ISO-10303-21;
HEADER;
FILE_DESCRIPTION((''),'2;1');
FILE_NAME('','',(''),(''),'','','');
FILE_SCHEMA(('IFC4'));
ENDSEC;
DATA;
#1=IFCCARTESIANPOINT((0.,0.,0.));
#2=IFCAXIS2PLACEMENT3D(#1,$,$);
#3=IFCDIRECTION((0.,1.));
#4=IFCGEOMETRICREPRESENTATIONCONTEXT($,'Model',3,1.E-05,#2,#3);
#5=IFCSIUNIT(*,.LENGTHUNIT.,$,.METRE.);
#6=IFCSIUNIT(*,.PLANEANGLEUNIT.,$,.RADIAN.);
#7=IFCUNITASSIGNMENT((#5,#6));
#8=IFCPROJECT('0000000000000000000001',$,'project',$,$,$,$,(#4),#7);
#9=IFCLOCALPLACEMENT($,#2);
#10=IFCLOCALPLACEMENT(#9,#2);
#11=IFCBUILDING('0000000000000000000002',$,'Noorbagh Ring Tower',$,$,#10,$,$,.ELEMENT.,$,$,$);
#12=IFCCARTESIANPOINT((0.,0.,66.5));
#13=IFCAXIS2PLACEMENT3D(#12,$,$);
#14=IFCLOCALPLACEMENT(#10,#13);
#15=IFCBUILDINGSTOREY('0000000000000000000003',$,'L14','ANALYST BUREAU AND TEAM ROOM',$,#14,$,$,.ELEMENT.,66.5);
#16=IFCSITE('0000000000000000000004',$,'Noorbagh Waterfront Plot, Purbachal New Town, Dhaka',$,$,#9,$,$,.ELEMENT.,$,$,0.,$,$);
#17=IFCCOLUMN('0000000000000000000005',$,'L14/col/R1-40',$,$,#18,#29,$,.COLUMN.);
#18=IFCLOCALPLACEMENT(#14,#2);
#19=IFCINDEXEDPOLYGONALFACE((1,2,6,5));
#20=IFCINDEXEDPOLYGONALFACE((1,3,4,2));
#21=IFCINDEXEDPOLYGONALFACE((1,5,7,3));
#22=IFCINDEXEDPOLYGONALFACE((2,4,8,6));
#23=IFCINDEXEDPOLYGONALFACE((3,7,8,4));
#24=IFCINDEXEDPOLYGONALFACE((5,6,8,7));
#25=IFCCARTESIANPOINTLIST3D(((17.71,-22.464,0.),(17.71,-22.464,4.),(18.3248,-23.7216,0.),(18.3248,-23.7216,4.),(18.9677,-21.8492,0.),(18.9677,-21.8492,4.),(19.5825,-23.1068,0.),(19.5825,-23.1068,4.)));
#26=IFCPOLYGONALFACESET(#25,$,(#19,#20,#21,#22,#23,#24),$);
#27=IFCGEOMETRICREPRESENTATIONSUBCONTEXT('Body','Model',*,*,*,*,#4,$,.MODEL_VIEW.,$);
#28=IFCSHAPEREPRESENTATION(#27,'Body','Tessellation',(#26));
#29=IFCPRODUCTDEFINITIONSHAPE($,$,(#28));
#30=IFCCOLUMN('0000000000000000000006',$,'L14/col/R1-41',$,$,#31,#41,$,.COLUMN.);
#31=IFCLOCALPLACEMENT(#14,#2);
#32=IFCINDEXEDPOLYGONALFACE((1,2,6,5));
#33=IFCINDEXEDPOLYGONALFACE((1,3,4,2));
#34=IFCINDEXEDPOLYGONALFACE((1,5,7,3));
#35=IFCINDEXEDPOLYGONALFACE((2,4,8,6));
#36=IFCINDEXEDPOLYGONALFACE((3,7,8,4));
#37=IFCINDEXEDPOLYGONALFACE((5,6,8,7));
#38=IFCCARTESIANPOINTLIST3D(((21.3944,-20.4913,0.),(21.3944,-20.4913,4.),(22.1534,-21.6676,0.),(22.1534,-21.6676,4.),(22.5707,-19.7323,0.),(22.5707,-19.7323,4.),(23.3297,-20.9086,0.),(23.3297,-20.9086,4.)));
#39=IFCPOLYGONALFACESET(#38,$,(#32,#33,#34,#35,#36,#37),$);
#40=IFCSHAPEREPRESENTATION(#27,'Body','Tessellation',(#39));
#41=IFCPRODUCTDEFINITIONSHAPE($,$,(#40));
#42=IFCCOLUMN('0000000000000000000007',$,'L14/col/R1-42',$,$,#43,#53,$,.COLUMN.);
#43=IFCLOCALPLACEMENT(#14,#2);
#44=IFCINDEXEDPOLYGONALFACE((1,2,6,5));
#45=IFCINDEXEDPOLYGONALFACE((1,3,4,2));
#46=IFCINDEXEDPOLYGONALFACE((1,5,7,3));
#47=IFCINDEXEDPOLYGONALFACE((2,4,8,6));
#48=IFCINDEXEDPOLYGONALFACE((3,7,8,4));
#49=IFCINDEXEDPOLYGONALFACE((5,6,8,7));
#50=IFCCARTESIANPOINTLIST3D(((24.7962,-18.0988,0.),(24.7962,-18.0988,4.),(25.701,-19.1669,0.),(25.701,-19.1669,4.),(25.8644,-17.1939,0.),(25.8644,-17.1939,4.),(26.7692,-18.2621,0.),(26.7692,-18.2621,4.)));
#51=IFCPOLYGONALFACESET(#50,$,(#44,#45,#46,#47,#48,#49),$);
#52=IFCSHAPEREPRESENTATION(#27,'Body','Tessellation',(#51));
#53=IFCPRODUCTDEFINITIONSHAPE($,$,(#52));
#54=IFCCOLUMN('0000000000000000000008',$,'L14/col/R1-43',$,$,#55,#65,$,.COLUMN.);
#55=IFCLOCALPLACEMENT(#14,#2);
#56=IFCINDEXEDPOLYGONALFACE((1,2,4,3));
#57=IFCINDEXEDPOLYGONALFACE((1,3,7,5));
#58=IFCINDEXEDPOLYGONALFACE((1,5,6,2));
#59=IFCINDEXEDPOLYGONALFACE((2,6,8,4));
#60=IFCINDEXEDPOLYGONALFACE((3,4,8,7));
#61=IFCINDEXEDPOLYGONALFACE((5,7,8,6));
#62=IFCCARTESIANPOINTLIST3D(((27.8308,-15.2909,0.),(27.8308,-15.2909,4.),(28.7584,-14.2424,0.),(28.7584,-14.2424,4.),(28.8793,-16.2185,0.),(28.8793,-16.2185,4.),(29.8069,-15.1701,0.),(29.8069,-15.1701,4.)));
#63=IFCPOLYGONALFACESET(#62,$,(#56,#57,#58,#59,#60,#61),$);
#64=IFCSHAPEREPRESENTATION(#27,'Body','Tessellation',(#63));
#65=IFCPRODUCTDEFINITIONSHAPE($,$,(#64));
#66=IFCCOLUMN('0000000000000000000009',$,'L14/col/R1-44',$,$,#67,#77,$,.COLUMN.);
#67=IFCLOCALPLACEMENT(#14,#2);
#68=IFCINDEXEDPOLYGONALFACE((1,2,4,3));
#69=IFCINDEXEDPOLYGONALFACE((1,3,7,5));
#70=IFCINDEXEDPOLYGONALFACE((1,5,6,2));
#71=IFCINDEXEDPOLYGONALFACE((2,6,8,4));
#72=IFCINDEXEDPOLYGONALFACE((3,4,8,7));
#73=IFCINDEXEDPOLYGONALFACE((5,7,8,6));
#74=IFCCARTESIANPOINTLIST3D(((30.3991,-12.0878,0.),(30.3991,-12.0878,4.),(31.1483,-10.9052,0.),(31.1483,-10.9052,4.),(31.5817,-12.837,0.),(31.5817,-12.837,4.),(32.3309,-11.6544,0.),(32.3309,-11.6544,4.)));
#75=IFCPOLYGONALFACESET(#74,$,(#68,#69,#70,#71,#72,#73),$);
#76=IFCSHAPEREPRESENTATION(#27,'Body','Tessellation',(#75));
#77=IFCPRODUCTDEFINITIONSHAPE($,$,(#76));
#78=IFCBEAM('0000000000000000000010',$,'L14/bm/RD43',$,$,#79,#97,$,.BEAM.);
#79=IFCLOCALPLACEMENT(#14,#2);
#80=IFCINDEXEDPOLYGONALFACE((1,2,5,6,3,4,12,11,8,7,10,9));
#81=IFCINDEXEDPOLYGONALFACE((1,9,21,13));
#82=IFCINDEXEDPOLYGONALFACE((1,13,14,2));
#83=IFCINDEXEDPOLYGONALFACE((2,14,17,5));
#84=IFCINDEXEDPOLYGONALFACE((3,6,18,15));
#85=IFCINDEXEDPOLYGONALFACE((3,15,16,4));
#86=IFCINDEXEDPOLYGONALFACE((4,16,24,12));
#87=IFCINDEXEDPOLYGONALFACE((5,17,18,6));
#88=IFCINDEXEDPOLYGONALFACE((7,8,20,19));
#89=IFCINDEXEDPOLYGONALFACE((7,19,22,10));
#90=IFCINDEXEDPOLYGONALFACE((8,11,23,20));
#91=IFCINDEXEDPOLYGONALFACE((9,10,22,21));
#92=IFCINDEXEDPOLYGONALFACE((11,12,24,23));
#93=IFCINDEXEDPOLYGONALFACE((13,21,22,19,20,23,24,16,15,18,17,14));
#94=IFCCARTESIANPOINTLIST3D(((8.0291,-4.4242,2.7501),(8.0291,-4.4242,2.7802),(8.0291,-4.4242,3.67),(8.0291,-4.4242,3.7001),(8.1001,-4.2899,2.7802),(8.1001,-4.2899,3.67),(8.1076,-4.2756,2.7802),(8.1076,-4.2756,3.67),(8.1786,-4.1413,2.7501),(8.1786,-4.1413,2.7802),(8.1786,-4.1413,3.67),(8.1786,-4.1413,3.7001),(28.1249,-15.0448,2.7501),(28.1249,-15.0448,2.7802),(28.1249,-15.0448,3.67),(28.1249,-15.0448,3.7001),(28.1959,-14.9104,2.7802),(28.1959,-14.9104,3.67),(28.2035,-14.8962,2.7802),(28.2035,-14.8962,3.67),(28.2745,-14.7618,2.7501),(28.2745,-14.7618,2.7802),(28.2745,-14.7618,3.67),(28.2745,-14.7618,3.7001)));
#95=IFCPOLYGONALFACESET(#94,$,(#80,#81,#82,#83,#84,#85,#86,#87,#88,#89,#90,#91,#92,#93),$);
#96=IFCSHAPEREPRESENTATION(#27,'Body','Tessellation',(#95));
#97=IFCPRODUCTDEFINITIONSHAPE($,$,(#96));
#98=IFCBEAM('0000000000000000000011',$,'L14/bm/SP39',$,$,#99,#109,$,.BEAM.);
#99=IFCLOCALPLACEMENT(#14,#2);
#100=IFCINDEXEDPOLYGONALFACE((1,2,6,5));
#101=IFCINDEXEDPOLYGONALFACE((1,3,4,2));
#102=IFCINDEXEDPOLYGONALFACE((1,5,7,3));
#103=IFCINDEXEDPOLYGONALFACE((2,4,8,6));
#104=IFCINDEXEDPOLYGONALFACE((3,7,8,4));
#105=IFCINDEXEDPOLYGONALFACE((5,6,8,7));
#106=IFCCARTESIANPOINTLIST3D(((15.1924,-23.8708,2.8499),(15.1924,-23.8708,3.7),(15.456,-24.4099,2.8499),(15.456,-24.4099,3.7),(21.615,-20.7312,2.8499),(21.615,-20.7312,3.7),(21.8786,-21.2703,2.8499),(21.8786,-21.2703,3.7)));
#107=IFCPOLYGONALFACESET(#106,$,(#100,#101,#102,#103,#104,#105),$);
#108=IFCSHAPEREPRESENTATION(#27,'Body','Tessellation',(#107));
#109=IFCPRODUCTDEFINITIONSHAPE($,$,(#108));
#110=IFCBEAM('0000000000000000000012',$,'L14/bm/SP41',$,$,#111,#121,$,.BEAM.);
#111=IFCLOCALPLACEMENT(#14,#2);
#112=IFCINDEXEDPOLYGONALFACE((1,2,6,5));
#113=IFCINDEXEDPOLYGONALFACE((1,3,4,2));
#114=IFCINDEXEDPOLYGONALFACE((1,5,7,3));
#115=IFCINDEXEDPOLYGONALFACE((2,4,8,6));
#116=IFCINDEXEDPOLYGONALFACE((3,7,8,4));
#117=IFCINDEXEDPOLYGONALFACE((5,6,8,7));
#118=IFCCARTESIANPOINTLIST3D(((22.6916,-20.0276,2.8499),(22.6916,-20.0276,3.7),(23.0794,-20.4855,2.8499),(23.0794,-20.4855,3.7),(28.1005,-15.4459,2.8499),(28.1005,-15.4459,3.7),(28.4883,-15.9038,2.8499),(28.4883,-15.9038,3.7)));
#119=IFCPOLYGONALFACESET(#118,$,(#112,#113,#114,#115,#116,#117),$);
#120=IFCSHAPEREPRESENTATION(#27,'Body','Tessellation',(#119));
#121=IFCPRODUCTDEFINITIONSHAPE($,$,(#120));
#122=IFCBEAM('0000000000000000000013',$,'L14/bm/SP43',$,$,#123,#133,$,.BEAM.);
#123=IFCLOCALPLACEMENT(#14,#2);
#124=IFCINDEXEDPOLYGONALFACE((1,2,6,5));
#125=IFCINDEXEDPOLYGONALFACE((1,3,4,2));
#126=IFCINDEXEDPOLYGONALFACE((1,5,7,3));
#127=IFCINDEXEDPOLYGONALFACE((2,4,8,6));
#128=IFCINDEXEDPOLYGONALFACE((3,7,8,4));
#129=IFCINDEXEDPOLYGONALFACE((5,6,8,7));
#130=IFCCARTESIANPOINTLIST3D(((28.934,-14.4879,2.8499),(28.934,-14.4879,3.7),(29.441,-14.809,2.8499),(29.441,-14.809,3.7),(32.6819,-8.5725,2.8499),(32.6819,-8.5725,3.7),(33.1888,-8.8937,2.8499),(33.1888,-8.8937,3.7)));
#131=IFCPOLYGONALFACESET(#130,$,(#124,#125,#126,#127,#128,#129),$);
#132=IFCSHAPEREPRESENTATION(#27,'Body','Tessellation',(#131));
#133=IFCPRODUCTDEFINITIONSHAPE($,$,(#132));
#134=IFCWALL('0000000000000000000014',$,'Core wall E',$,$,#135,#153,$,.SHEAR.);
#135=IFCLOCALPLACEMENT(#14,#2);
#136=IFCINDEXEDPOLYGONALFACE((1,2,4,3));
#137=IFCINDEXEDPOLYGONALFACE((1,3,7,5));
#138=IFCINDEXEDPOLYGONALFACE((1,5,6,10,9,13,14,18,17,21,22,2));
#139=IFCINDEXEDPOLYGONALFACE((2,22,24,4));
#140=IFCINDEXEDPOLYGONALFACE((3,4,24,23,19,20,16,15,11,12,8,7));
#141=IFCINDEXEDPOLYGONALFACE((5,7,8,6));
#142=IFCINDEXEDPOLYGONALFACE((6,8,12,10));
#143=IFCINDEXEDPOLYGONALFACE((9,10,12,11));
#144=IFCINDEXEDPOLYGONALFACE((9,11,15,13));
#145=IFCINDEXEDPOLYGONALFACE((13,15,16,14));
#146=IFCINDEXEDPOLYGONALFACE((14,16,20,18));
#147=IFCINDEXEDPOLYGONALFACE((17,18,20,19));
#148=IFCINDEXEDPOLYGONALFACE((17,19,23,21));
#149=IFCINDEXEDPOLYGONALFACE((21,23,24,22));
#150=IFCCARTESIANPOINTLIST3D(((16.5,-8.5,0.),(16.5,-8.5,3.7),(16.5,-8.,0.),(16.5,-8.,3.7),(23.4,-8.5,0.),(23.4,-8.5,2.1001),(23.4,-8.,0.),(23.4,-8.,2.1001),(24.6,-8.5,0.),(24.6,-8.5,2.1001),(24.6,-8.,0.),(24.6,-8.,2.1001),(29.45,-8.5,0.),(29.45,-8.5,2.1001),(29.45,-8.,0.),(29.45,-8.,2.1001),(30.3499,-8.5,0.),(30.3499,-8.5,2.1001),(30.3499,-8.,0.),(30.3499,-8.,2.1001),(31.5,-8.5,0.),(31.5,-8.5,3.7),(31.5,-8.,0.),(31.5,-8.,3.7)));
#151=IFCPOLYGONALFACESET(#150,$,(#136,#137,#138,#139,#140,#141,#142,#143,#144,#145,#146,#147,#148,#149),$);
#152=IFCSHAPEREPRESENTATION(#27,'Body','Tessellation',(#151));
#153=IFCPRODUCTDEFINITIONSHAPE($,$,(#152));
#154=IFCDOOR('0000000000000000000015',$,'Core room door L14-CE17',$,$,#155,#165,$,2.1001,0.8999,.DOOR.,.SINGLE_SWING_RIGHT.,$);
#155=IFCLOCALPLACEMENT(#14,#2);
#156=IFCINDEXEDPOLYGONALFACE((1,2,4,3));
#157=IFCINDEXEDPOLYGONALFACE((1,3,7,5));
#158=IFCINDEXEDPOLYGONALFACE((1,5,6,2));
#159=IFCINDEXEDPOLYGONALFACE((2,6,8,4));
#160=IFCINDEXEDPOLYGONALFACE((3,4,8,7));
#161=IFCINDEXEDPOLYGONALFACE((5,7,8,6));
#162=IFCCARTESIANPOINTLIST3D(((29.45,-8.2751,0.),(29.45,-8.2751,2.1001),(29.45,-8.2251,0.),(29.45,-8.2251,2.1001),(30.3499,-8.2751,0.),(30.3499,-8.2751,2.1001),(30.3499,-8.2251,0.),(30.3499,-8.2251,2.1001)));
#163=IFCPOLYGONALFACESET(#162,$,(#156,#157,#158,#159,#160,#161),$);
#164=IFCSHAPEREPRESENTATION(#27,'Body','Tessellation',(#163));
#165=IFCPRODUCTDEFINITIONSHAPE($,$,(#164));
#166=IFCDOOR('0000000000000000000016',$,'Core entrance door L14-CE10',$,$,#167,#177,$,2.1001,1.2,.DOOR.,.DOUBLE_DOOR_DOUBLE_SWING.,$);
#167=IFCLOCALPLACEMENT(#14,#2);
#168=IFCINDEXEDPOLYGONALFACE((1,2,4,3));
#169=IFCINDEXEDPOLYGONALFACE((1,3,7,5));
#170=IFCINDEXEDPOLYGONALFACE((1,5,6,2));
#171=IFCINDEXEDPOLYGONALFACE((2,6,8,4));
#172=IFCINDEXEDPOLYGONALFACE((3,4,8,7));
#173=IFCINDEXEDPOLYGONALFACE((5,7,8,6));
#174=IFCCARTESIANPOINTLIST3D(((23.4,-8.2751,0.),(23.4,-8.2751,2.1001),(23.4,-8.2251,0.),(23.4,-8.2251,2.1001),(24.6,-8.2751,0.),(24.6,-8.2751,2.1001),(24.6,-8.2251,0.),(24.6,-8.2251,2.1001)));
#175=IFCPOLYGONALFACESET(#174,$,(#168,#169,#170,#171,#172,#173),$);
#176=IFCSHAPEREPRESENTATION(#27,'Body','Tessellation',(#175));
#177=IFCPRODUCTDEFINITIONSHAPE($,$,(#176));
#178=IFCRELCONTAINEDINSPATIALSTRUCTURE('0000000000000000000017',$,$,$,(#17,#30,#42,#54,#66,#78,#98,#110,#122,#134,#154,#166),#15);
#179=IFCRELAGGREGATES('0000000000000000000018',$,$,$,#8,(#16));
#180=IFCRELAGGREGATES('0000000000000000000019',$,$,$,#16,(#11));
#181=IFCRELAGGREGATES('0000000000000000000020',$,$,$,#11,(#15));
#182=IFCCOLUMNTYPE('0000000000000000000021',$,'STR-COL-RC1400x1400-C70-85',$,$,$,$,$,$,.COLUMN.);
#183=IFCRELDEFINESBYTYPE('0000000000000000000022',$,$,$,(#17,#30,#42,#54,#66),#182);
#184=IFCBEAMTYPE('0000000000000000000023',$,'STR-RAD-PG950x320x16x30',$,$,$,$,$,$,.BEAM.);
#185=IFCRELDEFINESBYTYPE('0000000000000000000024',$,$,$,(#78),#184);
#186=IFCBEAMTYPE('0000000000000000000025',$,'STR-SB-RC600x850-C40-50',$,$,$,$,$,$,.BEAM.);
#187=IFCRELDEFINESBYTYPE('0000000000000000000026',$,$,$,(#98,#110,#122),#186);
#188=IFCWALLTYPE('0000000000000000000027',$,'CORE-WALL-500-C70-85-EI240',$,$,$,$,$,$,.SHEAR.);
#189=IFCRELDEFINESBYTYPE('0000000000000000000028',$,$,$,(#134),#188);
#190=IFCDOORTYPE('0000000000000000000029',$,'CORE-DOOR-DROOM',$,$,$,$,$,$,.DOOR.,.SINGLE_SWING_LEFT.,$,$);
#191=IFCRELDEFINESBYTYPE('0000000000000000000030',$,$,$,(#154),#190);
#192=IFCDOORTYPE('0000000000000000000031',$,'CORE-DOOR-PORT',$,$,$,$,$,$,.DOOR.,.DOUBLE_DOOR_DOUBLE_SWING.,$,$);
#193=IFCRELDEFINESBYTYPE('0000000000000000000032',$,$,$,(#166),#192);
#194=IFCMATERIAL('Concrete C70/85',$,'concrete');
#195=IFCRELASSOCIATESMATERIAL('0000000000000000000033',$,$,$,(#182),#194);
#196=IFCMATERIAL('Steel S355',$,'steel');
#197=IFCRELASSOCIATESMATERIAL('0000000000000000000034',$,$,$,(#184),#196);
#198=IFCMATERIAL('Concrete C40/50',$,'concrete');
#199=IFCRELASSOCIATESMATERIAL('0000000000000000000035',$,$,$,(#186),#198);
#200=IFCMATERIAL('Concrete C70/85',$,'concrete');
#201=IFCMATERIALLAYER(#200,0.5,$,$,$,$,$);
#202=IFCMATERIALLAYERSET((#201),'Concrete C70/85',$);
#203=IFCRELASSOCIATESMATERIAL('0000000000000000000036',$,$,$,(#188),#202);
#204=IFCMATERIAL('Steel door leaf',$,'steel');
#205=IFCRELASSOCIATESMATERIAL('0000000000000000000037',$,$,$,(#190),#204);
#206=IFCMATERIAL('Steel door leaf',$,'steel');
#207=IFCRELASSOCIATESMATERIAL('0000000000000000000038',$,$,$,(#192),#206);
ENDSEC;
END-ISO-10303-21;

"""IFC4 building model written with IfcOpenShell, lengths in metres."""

from ifc_helpers import new_model, si_unit, direction, frame, frame_2d, origin, origin_2d, place, context, subcontext, project, spatial, rectangle, i_section, extrude, material, layer, layer_set, material_profile, profile_set, type_object, element, fill, save


model = new_model("IFC4")

# Units and contexts
model_context = context("Model", 3, precision=1e-05, world=origin(), true_north=direction((0.0, 1.0)))
body_context = subcontext(model_context, "Body", "Model", "MODEL_VIEW")
ifc_project = project(units=[si_unit("LENGTHUNIT", "METRE"), si_unit("PLANEANGLEUNIT", "RADIAN")], contexts=[model_context])

# Site, building, storey
site_placement = place(None, origin())
site = spatial("IfcSite", under=ifc_project, at=site_placement, Name="Noorbagh Waterfront Plot, Purbachal New Town, Dhaka", CompositionType="ELEMENT", RefElevation=0.0)
building_placement = place(site_placement, origin())
building = spatial("IfcBuilding", under=site, at=building_placement, Name="Noorbagh Ring Tower", CompositionType="ELEMENT")
storey_placement = place(building_placement, frame((0.0, 0.0, 66.5)))
storey = spatial("IfcBuildingStorey", under=building, at=storey_placement, Name="L14", Description="ANALYST BUREAU AND TEAM ROOM", CompositionType="ELEMENT", Elevation=66.5)

# Columns
ifc_material_1 = material(Name="Concrete C70/85", Category="concrete")
ifc_material_profile_1 = material_profile(ifc_material_1, rectangle(XDim=1.3999, YDim=1.3999, at=origin_2d()), Name="RC1400x1400")
ifc_profile_set_1 = profile_set([ifc_material_profile_1], Name="Concrete C70/85")
column_type = type_object("IfcColumnType", Name="STR-COL-RC1400x1400-C70-85", PredefinedType="COLUMN", material=ifc_profile_set_1)
for number, where, z_axis, x_axis, name in (
    (1, (18.6462, -22.7854, 0.0), (0.0, 0.0, 1.0), (0.898399, 0.43918, 0.0), "L14/col/R1-40"),
    (2, (22.3621, -20.7, 0.0), (0.0, 0.0, 1.0), (0.840248, 0.542203, 0.0), "L14/col/R1-41"),
    (3, (25.7827, -18.1804, 0.0), (0.0, 0.0, 1.0), (0.763035, 0.646357, 0.0), "L14/col/R1-42"),
    (4, (28.8188, -15.2305, 0.0), (0.0, 0.0, 1.0), (0.662636, 0.748942, 0.0), "L14/col/R1-43"),
    (5, (31.365, -11.8711, 0.0), (0.0, 0.0, 1.0), (0.53519, 0.844731, 0.0), "L14/col/R1-44"),
):
    element("IfcColumn", number, at=place(storey_placement, frame(where, z_axis=z_axis, x_axis=x_axis)), inside=storey, type_object=column_type, Name=name, PredefinedType="COLUMN", context=body_context, shape_type="SweptSolid", body=[
        extrude(rectangle(XDim=1.3999, YDim=1.3999, at=origin_2d()), origin(), (0.0, 0.0, 1.0), 4.0),
    ])

# Beams
ifc_material_2 = material(Name="Steel S355", Category="steel")
ifc_material_profile_2 = material_profile(ifc_material_2, i_section(OverallWidth=0.3201, OverallDepth=0.95, WebThickness=0.0161, FlangeThickness=0.03, at=origin_2d()), Name="PG950x320x16x30")
ifc_profile_set_2 = profile_set([ifc_material_profile_2], Name="Steel S355")
beam_type_1 = type_object("IfcBeamType", Name="STR-RAD-PG950x320x16x30", PredefinedType="BEAM", material=ifc_profile_set_2)
beam_1_placement = place(storey_placement, frame((28.1997, -14.9033, 3.2251), z_axis=(-0.884123, 0.467254, 0.0), x_axis=(-0.467254, -0.884123, 0.0)))
element("IfcBeam", 6, at=beam_1_placement, inside=storey, type_object=beam_type_1, Name="L14/bm/RD43", PredefinedType="BEAM", context=body_context, shape_type="SweptSolid", body=[
    extrude(i_section(OverallWidth=0.3201, OverallDepth=0.95, WebThickness=0.0161, FlangeThickness=0.03, at=origin_2d()), origin(), (0.0, 0.0, 1.0), 22.7297),
])
ifc_material_3 = material(Name="Concrete C40/50", Category="concrete")
ifc_material_profile_3 = material_profile(ifc_material_3, rectangle(XDim=0.6001, YDim=0.8501, at=origin_2d()), Name="RC600x850")
ifc_profile_set_3 = profile_set([ifc_material_profile_3], Name="Concrete C40/50")
beam_type_2 = type_object("IfcBeamType", Name="STR-SB-RC600x850-C40-50", PredefinedType="BEAM", material=ifc_profile_set_3)
beam_2_placement = place(storey_placement, frame((15.3242, -24.1404, 3.2749), z_axis=(0.898401, 0.439177, 0.0), x_axis=(-0.439177, 0.898401, 0.0)))
element("IfcBeam", 7, at=beam_2_placement, inside=storey, type_object=beam_type_2, Name="L14/bm/SP39", PredefinedType="BEAM", context=body_context, shape_type="SweptSolid", body=[
    extrude(rectangle(XDim=0.6001, YDim=0.8501, at=origin_2d()), origin(), (0.0, 0.0, 1.0), 7.1489),
])
beam_3_placement = place(storey_placement, frame((22.8855, -20.2566, 3.2749), z_axis=(0.763039, 0.646353, 0.0), x_axis=(-0.646353, 0.763039, 0.0)))
element("IfcBeam", 8, at=beam_3_placement, inside=storey, type_object=beam_type_2, Name="L14/bm/SP41", PredefinedType="BEAM", context=body_context, shape_type="SweptSolid", body=[
    extrude(rectangle(XDim=0.6001, YDim=0.8501, at=origin_2d()), origin(), (0.0, 0.0, 1.0), 7.0886),
])
beam_4_placement = place(storey_placement, frame((29.1875, -14.6484, 3.2749), z_axis=(0.535201, 0.844725, 0.0), x_axis=(-0.844725, 0.535201, 0.0)))
element("IfcBeam", 9, at=beam_4_placement, inside=storey, type_object=beam_type_2, Name="L14/bm/SP43", PredefinedType="BEAM", context=body_context, shape_type="SweptSolid", body=[
    extrude(rectangle(XDim=0.6001, YDim=0.8501, at=origin_2d()), origin(), (0.0, 0.0, 1.0), 7.0027),
])

# Wall, openings, doors
ifc_material_4 = material(Name="Concrete C70/85", Category="concrete")
ifc_layer_1 = layer(ifc_material_4, 0.5)
ifc_layer_set_1 = layer_set([ifc_layer_1], Name="Concrete C70/85")
wall_type_1 = type_object("IfcWallType", Name="CORE-WALL-500-C70-85-EI240", PredefinedType="SHEAR", material=ifc_layer_set_1)
wall_1_placement = place(storey_placement, frame((16.5, -8.25, 0.0), z_axis=(0.0, 0.0, 1.0), x_axis=(1.0, 0.0, 0.0)))
wall_1 = element("IfcWall", 10, at=wall_1_placement, inside=storey, type_object=wall_type_1, Name="Core wall E", PredefinedType="SHEAR", context=body_context, shape_type="SweptSolid", body=[
    extrude(rectangle(XDim=15.0, YDim=0.5, at=frame_2d((7.5, 0.0))), origin(), (0.0, 0.0, 1.0), 3.7),
])
opening_1_placement = place(wall_1_placement, frame((6.8999, 0.0, 0.0)))
opening_1 = element("IfcOpeningElement", 11, at=opening_1_placement, cuts=wall_1, PredefinedType="OPENING", context=body_context, shape_type="SweptSolid", body=[
    extrude(rectangle(XDim=1.2, YDim=2.1001, at=frame_2d((0.6001, 1.05))), frame((0.0, 0.26, 0.0), z_axis=(0.0, -1.0, 0.0), x_axis=(1.0, 0.0, 0.0)), (0.0, 0.0, 1.0), 0.52),
])
opening_2_placement = place(wall_1_placement, frame((12.95, 0.0, 0.0)))
opening_2 = element("IfcOpeningElement", 12, at=opening_2_placement, cuts=wall_1, PredefinedType="OPENING", context=body_context, shape_type="SweptSolid", body=[
    extrude(rectangle(XDim=0.8999, YDim=2.1001, at=frame_2d((0.45, 1.05))), frame((0.0, 0.26, 0.0), z_axis=(0.0, -1.0, 0.0), x_axis=(1.0, 0.0, 0.0)), (0.0, 0.0, 1.0), 0.52),
])
ifc_material_5 = material(Name="Steel door leaf", Category="steel")
door_type_1 = type_object("IfcDoorType", Name="CORE-DOOR-DROOM", OperationType="SINGLE_SWING_LEFT", PredefinedType="DOOR", material=ifc_material_5)
door_1_placement = place(opening_2_placement, origin())
door_1 = element("IfcDoor", 13, at=door_1_placement, inside=storey, type_object=door_type_1, Name="Core room door L14-CE17", OperationType="SINGLE_SWING_RIGHT", OverallHeight=2.1001, OverallWidth=0.8999, PredefinedType="DOOR", context=body_context, shape_type="SweptSolid", body=[
    extrude(rectangle(XDim=0.8999, YDim=2.1001, at=frame_2d((0.45, 1.05))), frame((0.0, 0.0249, 0.0), z_axis=(0.0, -1.0, 0.0), x_axis=(1.0, 0.0, 0.0)), (0.0, 0.0, 1.0), 0.05),
])
fill(opening_2, door_1)
ifc_material_6 = material(Name="Steel door leaf", Category="steel")
door_type_2 = type_object("IfcDoorType", Name="CORE-DOOR-PORT", OperationType="DOUBLE_DOOR_DOUBLE_SWING", PredefinedType="DOOR", material=ifc_material_6)
door_2_placement = place(opening_1_placement, origin())
door_2 = element("IfcDoor", 14, at=door_2_placement, inside=storey, type_object=door_type_2, Name="Core entrance door L14-CE10", OperationType="DOUBLE_DOOR_DOUBLE_SWING", OverallHeight=2.1001, OverallWidth=1.2, PredefinedType="DOOR", context=body_context, shape_type="SweptSolid", body=[
    extrude(rectangle(XDim=1.2, YDim=2.1001, at=frame_2d((0.6001, 1.05))), frame((0.0, 0.0249, 0.0), z_axis=(0.0, -1.0, 0.0), x_axis=(1.0, 0.0, 0.0)), (0.0, 0.0, 1.0), 0.05),
])
fill(opening_1, door_2)

save(model, "model.ifc")
